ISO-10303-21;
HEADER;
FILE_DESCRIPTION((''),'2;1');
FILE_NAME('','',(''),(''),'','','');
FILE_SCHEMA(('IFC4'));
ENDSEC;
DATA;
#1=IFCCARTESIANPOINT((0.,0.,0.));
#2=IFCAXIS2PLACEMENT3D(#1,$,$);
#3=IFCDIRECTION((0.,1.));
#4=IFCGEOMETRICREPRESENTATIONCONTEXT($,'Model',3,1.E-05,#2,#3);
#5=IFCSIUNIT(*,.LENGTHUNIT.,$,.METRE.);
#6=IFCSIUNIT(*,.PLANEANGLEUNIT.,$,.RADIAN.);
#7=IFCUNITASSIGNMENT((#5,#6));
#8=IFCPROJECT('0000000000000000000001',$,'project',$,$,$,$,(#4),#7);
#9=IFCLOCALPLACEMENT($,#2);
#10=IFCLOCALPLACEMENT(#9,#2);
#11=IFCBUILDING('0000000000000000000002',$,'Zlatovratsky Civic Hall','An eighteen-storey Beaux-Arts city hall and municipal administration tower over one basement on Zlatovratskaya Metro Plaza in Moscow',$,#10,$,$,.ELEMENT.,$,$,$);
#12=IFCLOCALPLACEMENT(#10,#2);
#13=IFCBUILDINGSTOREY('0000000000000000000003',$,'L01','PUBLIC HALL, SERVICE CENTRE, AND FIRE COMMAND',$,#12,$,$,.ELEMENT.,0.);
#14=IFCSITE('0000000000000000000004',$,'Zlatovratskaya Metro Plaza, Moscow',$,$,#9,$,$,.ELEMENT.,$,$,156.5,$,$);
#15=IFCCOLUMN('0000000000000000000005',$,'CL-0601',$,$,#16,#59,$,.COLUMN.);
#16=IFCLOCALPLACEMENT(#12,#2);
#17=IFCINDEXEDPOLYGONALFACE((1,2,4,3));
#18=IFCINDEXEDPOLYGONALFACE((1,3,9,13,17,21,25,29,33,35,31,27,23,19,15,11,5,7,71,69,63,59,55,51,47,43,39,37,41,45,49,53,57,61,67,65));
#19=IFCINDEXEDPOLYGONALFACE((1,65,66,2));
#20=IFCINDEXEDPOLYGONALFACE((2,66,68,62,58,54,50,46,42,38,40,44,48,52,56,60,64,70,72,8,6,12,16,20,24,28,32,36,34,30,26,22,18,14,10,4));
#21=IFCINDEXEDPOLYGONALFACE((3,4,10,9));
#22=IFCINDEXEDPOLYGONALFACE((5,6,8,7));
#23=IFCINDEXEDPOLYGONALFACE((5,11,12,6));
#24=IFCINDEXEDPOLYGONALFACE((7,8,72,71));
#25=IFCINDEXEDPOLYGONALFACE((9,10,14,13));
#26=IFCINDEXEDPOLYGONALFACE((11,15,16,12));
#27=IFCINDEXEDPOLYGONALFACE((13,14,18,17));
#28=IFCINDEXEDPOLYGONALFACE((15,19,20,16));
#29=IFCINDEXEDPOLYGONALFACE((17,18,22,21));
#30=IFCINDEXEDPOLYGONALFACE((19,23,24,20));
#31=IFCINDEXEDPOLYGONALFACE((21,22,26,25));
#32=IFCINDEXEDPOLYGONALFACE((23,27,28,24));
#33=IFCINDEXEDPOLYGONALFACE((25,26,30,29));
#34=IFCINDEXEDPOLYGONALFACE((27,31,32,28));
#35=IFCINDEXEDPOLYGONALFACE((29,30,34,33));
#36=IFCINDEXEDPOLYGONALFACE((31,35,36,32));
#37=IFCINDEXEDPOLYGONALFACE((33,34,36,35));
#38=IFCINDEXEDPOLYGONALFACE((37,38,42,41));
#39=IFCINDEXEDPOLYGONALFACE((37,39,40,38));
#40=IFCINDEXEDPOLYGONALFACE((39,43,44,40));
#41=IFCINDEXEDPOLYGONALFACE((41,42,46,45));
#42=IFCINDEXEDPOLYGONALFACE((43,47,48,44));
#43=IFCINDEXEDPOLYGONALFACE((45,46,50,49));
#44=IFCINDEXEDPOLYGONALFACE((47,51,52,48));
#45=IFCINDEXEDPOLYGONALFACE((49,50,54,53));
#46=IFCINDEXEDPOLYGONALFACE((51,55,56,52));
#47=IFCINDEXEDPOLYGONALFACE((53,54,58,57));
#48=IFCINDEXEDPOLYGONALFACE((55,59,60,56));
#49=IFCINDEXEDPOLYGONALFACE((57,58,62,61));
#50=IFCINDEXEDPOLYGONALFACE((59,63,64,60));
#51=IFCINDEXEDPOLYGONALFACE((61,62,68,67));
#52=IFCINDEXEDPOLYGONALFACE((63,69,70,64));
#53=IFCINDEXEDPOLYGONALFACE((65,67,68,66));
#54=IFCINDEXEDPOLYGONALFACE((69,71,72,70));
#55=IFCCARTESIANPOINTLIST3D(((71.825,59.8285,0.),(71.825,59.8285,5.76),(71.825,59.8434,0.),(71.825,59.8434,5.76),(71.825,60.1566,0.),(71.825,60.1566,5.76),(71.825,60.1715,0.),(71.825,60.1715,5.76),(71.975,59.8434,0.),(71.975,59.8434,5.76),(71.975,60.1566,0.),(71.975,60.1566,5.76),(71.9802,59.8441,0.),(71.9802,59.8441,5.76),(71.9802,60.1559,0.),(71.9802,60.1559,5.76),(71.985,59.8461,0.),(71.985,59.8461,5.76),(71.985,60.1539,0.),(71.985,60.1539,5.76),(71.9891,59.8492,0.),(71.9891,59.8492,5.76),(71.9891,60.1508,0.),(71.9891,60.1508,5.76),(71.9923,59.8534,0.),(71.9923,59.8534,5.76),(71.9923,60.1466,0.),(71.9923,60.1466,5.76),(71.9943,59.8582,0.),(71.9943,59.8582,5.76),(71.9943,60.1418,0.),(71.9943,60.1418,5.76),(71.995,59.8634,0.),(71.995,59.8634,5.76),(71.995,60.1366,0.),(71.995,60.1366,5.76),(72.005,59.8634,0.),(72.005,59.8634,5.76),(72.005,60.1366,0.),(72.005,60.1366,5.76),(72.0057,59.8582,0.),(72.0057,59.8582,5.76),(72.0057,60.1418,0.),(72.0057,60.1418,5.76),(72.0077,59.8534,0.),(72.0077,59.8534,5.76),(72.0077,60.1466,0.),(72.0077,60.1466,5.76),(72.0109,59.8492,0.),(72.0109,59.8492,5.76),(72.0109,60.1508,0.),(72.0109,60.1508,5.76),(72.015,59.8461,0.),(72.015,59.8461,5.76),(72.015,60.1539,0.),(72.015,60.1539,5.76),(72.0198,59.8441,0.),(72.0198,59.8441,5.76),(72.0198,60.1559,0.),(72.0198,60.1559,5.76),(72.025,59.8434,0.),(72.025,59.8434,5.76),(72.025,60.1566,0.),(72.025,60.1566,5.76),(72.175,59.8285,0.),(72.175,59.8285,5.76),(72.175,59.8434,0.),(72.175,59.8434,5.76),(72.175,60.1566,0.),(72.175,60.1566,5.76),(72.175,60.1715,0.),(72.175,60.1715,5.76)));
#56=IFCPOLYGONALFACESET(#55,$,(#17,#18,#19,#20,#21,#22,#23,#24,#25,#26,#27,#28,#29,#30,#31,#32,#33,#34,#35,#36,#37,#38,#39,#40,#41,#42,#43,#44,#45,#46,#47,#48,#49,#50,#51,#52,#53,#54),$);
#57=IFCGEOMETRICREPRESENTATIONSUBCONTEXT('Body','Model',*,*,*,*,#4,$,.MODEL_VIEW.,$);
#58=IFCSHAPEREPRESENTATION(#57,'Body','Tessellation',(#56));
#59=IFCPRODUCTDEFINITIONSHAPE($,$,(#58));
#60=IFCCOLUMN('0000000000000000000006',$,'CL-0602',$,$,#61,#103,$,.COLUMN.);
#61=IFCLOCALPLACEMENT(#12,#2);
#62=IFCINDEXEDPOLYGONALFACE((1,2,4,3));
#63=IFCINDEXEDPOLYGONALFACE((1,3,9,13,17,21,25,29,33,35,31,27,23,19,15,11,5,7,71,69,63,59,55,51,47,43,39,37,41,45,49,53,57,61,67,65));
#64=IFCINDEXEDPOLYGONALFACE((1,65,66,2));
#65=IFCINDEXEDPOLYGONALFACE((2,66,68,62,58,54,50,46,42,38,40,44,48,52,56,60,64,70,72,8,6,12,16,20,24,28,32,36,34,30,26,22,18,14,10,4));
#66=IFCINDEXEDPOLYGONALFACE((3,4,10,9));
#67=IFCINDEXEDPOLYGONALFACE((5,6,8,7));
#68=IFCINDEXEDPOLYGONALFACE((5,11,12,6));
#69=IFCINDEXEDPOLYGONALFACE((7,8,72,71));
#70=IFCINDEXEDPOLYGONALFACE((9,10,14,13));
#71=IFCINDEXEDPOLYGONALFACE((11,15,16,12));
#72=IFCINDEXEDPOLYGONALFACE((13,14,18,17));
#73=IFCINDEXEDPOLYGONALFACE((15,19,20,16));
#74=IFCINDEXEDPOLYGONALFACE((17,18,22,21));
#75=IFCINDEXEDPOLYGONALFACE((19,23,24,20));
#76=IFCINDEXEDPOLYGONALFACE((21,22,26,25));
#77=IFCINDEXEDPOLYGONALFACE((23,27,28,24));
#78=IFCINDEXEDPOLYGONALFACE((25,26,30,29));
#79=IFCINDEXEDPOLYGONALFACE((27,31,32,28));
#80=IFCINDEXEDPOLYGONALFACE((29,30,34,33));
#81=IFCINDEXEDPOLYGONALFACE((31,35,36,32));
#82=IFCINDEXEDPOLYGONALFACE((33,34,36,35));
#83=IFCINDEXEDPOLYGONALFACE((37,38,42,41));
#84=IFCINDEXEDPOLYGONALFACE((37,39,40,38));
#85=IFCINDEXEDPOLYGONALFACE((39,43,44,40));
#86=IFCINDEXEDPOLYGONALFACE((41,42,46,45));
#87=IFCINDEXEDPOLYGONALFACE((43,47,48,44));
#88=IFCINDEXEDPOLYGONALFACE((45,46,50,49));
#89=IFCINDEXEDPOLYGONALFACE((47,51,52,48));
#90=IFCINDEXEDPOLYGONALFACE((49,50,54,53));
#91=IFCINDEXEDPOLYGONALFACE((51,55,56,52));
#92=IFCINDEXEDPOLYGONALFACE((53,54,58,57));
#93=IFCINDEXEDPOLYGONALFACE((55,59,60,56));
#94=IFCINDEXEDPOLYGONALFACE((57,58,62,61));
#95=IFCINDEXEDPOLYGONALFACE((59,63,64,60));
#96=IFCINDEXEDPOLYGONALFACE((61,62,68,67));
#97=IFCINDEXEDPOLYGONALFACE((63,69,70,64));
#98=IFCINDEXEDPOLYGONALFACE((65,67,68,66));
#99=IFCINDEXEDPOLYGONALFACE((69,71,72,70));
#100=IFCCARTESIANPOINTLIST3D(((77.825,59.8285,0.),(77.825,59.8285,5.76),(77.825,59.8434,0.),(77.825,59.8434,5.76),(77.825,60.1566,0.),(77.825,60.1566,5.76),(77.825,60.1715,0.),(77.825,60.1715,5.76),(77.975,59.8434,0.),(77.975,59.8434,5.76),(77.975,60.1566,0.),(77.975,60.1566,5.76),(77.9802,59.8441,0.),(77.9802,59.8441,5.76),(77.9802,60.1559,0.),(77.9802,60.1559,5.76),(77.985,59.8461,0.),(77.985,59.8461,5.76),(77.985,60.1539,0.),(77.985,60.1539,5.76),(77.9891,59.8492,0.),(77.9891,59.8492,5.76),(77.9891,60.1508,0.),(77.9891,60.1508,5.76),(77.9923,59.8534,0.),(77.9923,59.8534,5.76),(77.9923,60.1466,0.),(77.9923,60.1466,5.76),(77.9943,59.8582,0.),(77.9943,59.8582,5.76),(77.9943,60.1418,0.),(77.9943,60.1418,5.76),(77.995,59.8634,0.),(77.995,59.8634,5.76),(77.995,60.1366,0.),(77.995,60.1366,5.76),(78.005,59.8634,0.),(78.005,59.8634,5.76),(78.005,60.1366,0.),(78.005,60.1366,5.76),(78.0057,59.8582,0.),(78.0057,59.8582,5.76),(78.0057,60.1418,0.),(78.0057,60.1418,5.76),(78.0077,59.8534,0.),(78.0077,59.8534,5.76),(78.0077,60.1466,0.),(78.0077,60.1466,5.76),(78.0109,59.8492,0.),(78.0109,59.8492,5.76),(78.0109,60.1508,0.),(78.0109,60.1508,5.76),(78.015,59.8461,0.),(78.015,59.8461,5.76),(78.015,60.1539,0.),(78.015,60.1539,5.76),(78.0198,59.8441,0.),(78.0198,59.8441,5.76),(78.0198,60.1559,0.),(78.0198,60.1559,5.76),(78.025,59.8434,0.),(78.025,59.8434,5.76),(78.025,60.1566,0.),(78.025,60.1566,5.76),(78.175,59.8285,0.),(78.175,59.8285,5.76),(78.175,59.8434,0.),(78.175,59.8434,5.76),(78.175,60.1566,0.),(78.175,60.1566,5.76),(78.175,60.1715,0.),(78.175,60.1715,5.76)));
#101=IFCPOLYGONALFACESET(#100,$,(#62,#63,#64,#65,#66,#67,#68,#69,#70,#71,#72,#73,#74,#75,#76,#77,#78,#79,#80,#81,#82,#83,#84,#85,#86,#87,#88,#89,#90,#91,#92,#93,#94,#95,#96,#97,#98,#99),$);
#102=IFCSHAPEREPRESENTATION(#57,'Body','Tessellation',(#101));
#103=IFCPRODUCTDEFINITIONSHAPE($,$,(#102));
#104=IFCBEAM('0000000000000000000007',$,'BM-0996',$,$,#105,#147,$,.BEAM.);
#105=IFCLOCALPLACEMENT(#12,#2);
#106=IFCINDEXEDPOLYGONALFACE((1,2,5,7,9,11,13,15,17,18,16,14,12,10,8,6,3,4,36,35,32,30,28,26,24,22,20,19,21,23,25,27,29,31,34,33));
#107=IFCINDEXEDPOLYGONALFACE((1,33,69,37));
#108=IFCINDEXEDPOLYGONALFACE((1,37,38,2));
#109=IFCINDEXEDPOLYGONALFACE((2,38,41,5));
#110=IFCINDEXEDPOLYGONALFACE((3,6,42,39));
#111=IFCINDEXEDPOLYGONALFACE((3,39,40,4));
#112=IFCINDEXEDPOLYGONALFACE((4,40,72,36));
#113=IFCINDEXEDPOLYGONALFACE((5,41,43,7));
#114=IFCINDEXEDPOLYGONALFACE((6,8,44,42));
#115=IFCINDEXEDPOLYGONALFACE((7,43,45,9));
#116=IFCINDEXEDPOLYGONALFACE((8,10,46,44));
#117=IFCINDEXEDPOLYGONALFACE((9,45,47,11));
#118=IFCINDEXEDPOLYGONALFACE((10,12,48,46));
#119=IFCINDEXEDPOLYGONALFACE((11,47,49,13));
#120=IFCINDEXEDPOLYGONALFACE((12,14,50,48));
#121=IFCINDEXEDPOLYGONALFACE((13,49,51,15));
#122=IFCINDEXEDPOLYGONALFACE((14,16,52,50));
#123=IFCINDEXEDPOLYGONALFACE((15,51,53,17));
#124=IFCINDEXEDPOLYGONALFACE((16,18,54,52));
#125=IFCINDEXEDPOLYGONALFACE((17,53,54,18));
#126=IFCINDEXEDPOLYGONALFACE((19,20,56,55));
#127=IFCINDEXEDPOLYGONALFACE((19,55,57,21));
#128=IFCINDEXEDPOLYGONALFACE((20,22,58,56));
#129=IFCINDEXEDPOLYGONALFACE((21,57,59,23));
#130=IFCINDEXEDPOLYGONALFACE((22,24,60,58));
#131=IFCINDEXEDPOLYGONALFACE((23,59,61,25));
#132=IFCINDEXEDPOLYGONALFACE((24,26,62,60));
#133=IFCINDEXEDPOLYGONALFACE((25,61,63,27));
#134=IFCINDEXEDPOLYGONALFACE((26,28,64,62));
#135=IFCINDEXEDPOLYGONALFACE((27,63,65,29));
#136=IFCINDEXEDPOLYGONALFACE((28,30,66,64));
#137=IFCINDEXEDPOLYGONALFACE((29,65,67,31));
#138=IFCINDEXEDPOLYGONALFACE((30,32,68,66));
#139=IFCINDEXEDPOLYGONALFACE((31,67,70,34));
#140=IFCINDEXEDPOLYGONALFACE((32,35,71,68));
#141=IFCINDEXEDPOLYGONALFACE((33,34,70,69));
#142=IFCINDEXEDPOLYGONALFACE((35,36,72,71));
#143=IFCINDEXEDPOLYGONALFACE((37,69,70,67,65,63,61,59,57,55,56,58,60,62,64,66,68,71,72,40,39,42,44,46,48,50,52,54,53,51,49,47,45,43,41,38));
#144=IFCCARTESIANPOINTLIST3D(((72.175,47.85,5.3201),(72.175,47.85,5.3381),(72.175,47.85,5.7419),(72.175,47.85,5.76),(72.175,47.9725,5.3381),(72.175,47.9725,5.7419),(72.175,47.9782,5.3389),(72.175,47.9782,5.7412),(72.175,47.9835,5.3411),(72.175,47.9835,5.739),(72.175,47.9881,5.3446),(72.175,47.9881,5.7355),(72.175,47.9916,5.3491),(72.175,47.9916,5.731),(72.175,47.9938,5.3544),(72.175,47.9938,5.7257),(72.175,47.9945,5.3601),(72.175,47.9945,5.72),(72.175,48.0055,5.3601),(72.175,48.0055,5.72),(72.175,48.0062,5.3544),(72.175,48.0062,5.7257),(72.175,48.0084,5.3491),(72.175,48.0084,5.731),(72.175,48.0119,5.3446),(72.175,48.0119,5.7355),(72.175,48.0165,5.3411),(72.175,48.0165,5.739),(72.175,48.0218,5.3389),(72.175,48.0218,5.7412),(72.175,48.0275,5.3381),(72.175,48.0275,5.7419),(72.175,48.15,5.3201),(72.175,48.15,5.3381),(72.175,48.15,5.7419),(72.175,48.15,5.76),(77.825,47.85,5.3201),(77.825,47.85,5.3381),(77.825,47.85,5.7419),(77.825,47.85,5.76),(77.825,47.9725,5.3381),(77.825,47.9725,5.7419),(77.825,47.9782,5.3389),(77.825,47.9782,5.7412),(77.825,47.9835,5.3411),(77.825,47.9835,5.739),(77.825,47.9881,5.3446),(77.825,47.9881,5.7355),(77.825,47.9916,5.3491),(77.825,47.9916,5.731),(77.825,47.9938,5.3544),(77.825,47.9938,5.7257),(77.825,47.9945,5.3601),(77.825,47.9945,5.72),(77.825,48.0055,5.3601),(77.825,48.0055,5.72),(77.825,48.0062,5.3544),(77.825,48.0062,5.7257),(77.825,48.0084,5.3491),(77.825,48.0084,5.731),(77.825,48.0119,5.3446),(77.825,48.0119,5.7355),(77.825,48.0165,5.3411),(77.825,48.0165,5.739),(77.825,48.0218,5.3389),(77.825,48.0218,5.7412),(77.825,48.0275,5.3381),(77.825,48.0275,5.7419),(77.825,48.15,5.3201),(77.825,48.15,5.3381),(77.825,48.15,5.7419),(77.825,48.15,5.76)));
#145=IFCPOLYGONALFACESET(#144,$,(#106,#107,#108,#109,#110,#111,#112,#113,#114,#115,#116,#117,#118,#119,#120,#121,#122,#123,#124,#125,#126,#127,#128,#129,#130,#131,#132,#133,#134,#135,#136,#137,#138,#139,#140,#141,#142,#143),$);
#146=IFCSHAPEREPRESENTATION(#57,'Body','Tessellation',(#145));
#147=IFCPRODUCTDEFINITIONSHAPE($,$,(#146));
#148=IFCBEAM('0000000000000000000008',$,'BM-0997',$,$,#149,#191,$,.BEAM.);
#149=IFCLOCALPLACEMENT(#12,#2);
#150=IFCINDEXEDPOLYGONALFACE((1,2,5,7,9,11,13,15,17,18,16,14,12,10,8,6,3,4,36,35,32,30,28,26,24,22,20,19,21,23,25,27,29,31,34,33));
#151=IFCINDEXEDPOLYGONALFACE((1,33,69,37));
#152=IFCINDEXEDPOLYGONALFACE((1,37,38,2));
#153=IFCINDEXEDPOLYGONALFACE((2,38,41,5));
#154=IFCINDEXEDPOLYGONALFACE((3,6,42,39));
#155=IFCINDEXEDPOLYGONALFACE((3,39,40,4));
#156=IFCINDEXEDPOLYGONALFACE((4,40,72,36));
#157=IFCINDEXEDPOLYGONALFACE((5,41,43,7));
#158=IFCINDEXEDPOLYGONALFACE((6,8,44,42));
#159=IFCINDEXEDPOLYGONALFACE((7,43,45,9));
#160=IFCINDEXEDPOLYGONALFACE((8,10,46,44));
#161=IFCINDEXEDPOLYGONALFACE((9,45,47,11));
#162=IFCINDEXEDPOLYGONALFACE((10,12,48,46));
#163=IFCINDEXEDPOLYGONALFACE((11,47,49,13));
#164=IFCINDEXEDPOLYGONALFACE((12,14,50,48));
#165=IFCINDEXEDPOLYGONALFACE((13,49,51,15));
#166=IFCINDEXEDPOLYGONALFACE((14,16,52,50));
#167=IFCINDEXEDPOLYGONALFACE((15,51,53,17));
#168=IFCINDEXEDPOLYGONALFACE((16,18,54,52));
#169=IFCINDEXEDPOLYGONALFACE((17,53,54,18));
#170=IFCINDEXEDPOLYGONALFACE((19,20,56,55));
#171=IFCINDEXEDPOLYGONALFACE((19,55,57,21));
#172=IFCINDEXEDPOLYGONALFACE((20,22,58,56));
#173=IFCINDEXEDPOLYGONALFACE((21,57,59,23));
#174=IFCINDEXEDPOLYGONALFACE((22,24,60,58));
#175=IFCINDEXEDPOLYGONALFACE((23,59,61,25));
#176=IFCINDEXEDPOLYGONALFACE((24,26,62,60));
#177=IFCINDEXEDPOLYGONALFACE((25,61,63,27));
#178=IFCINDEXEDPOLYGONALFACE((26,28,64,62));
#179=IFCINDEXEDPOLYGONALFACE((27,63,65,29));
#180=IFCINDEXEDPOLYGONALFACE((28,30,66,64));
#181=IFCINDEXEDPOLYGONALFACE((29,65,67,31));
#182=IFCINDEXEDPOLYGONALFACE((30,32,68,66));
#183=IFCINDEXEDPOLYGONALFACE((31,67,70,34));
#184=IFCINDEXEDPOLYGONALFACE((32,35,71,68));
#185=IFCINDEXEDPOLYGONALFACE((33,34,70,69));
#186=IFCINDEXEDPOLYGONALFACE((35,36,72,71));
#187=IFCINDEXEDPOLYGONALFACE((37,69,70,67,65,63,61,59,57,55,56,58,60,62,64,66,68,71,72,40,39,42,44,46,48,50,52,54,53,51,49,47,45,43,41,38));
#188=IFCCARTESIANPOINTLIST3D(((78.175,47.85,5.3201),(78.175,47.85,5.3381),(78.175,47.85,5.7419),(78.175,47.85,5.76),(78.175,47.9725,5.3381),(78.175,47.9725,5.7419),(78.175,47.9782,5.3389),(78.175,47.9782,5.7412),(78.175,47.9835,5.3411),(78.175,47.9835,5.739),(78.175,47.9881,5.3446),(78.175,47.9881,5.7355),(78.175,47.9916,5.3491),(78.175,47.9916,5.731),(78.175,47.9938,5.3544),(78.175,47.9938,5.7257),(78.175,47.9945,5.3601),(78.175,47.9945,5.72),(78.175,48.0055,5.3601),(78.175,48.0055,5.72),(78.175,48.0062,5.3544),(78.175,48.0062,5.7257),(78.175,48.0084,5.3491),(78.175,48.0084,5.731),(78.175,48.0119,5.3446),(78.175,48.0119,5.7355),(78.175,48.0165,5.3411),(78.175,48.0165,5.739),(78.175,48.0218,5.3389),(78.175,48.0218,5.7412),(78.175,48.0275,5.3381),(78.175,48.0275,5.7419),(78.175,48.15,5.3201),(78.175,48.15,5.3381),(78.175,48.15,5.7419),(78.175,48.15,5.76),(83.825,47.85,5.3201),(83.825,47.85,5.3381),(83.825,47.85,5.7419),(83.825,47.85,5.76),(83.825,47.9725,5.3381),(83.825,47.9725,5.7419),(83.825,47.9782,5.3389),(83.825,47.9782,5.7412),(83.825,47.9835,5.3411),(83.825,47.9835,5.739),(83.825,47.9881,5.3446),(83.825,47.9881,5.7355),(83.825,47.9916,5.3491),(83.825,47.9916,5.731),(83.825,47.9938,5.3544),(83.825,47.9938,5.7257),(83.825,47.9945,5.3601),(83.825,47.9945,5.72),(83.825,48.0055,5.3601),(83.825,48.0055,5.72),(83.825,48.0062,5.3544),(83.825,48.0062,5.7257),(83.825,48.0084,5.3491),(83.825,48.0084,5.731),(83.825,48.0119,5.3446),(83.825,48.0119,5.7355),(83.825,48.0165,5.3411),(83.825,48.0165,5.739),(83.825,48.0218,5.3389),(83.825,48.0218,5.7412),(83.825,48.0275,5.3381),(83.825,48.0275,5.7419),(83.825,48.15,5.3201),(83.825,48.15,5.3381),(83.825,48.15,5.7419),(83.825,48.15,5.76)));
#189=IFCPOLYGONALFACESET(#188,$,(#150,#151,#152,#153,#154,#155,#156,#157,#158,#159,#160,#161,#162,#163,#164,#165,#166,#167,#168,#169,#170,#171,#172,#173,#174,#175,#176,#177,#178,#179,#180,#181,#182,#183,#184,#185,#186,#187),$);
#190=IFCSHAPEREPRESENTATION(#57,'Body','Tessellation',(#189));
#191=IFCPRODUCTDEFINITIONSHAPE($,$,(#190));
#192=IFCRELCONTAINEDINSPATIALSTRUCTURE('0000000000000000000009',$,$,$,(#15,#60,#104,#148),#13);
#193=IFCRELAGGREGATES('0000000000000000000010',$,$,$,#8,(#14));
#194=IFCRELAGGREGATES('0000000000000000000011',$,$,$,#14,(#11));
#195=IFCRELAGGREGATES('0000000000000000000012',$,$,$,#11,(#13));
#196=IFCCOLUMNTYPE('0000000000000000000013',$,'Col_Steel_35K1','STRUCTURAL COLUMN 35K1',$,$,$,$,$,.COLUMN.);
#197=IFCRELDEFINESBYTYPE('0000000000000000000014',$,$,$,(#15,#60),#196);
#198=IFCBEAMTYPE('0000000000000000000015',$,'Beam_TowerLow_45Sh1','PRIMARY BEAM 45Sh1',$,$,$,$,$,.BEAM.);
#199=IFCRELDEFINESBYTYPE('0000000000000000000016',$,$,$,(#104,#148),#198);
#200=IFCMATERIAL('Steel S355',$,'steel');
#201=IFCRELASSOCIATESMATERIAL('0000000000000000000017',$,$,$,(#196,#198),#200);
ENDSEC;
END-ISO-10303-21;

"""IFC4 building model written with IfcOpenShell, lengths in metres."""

from ifc_helpers import new_model, si_unit, direction, frame, origin, origin_2d, place, context, subcontext, project, spatial, i_section, extrude, material, material_profile, profile_set, type_object, element, save


model = new_model("IFC4")

# Units and contexts
model_context = context("Model", 3, precision=1e-05, world=origin(), true_north=direction((0.0, 1.0)))
body_context = subcontext(model_context, "Body", "Model", "MODEL_VIEW")
ifc_project = project(units=[si_unit("LENGTHUNIT", "METRE"), si_unit("PLANEANGLEUNIT", "RADIAN")], contexts=[model_context])

# Site, building, storey
site_placement = place(None, origin())
site = spatial("IfcSite", under=ifc_project, at=site_placement, Name="Zlatovratskaya Metro Plaza, Moscow", CompositionType="ELEMENT", RefElevation=156.5)
building_placement = place(site_placement, origin())
building = spatial("IfcBuilding", under=site, at=building_placement, Name="Zlatovratsky Civic Hall", Description="An eighteen-storey Beaux-Arts city hall and municipal administration tower over one basement on Zlatovratskaya Metro Plaza in Moscow", CompositionType="ELEMENT")
storey_placement = place(building_placement, origin())
storey = spatial("IfcBuildingStorey", under=building, at=storey_placement, Name="L01", Description="PUBLIC HALL, SERVICE CENTRE, AND FIRE COMMAND", CompositionType="ELEMENT", Elevation=0.0)

# Columns
ifc_material_1 = material(Name="Steel S355", Category="steel")
ifc_material_profile_1 = material_profile(ifc_material_1, i_section(OverallWidth=0.3501, OverallDepth=0.343, WebThickness=0.01, FlangeThickness=0.0149, FilletRadius=0.02, at=origin_2d()), Name="35K1")
ifc_profile_set_1 = profile_set([ifc_material_profile_1], Name="Steel S355")
column_type_1 = type_object("IfcColumnType", Name="Col_Steel_35K1", Description="STRUCTURAL COLUMN 35K1", PredefinedType="COLUMN", material=ifc_profile_set_1)
for number, where, z_axis, x_axis, name in (
    (1, (72.0, 60.0, 0.0), (0.0, 0.0, 1.0), (1.0, 0.0, 0.0), "CL-0601"),
    (2, (78.0, 60.0, 0.0), (0.0, 0.0, 1.0), (1.0, 0.0, 0.0), "CL-0602"),
):
    element("IfcColumn", number, at=place(storey_placement, frame(where, z_axis=z_axis, x_axis=x_axis)), inside=storey, type_object=column_type_1, Name=name, PredefinedType="COLUMN", context=body_context, shape_type="SweptSolid", body=[
        extrude(i_section(OverallWidth=0.3501, OverallDepth=0.343, WebThickness=0.01, FlangeThickness=0.0149, FilletRadius=0.02, at=origin_2d()), origin(), (0.0, 0.0, 1.0), 5.76),
    ])

# Beams
ifc_material_profile_2 = material_profile(ifc_material_1, i_section(OverallWidth=0.3, OverallDepth=0.4399, WebThickness=0.011, FlangeThickness=0.0181, FilletRadius=0.022, at=origin_2d()), Name="45Sh1")
ifc_profile_set_2 = profile_set([ifc_material_profile_2], Name="Steel S355")
beam_type = type_object("IfcBeamType", Name="Beam_TowerLow_45Sh1", Description="PRIMARY BEAM 45Sh1", PredefinedType="BEAM", material=ifc_profile_set_2)
for number, where, z_axis, x_axis, name in (
    (3, (72.175, 48.0, 5.54), (1.0, 0.0, 0.0), (0.0, 1.0, 0.0), "BM-0996"),
    (4, (78.175, 48.0, 5.54), (1.0, 0.0, 0.0), (0.0, 1.0, 0.0), "BM-0997"),
):
    element("IfcBeam", number, at=place(storey_placement, frame(where, z_axis=z_axis, x_axis=x_axis)), inside=storey, type_object=beam_type, Name=name, PredefinedType="BEAM", context=body_context, shape_type="SweptSolid", body=[
        extrude(i_section(OverallWidth=0.3, OverallDepth=0.4399, WebThickness=0.011, FlangeThickness=0.0181, FilletRadius=0.022, at=origin_2d()), origin(), (0.0, 0.0, 1.0), 5.6499),
    ])

save(model, "model.ifc")
